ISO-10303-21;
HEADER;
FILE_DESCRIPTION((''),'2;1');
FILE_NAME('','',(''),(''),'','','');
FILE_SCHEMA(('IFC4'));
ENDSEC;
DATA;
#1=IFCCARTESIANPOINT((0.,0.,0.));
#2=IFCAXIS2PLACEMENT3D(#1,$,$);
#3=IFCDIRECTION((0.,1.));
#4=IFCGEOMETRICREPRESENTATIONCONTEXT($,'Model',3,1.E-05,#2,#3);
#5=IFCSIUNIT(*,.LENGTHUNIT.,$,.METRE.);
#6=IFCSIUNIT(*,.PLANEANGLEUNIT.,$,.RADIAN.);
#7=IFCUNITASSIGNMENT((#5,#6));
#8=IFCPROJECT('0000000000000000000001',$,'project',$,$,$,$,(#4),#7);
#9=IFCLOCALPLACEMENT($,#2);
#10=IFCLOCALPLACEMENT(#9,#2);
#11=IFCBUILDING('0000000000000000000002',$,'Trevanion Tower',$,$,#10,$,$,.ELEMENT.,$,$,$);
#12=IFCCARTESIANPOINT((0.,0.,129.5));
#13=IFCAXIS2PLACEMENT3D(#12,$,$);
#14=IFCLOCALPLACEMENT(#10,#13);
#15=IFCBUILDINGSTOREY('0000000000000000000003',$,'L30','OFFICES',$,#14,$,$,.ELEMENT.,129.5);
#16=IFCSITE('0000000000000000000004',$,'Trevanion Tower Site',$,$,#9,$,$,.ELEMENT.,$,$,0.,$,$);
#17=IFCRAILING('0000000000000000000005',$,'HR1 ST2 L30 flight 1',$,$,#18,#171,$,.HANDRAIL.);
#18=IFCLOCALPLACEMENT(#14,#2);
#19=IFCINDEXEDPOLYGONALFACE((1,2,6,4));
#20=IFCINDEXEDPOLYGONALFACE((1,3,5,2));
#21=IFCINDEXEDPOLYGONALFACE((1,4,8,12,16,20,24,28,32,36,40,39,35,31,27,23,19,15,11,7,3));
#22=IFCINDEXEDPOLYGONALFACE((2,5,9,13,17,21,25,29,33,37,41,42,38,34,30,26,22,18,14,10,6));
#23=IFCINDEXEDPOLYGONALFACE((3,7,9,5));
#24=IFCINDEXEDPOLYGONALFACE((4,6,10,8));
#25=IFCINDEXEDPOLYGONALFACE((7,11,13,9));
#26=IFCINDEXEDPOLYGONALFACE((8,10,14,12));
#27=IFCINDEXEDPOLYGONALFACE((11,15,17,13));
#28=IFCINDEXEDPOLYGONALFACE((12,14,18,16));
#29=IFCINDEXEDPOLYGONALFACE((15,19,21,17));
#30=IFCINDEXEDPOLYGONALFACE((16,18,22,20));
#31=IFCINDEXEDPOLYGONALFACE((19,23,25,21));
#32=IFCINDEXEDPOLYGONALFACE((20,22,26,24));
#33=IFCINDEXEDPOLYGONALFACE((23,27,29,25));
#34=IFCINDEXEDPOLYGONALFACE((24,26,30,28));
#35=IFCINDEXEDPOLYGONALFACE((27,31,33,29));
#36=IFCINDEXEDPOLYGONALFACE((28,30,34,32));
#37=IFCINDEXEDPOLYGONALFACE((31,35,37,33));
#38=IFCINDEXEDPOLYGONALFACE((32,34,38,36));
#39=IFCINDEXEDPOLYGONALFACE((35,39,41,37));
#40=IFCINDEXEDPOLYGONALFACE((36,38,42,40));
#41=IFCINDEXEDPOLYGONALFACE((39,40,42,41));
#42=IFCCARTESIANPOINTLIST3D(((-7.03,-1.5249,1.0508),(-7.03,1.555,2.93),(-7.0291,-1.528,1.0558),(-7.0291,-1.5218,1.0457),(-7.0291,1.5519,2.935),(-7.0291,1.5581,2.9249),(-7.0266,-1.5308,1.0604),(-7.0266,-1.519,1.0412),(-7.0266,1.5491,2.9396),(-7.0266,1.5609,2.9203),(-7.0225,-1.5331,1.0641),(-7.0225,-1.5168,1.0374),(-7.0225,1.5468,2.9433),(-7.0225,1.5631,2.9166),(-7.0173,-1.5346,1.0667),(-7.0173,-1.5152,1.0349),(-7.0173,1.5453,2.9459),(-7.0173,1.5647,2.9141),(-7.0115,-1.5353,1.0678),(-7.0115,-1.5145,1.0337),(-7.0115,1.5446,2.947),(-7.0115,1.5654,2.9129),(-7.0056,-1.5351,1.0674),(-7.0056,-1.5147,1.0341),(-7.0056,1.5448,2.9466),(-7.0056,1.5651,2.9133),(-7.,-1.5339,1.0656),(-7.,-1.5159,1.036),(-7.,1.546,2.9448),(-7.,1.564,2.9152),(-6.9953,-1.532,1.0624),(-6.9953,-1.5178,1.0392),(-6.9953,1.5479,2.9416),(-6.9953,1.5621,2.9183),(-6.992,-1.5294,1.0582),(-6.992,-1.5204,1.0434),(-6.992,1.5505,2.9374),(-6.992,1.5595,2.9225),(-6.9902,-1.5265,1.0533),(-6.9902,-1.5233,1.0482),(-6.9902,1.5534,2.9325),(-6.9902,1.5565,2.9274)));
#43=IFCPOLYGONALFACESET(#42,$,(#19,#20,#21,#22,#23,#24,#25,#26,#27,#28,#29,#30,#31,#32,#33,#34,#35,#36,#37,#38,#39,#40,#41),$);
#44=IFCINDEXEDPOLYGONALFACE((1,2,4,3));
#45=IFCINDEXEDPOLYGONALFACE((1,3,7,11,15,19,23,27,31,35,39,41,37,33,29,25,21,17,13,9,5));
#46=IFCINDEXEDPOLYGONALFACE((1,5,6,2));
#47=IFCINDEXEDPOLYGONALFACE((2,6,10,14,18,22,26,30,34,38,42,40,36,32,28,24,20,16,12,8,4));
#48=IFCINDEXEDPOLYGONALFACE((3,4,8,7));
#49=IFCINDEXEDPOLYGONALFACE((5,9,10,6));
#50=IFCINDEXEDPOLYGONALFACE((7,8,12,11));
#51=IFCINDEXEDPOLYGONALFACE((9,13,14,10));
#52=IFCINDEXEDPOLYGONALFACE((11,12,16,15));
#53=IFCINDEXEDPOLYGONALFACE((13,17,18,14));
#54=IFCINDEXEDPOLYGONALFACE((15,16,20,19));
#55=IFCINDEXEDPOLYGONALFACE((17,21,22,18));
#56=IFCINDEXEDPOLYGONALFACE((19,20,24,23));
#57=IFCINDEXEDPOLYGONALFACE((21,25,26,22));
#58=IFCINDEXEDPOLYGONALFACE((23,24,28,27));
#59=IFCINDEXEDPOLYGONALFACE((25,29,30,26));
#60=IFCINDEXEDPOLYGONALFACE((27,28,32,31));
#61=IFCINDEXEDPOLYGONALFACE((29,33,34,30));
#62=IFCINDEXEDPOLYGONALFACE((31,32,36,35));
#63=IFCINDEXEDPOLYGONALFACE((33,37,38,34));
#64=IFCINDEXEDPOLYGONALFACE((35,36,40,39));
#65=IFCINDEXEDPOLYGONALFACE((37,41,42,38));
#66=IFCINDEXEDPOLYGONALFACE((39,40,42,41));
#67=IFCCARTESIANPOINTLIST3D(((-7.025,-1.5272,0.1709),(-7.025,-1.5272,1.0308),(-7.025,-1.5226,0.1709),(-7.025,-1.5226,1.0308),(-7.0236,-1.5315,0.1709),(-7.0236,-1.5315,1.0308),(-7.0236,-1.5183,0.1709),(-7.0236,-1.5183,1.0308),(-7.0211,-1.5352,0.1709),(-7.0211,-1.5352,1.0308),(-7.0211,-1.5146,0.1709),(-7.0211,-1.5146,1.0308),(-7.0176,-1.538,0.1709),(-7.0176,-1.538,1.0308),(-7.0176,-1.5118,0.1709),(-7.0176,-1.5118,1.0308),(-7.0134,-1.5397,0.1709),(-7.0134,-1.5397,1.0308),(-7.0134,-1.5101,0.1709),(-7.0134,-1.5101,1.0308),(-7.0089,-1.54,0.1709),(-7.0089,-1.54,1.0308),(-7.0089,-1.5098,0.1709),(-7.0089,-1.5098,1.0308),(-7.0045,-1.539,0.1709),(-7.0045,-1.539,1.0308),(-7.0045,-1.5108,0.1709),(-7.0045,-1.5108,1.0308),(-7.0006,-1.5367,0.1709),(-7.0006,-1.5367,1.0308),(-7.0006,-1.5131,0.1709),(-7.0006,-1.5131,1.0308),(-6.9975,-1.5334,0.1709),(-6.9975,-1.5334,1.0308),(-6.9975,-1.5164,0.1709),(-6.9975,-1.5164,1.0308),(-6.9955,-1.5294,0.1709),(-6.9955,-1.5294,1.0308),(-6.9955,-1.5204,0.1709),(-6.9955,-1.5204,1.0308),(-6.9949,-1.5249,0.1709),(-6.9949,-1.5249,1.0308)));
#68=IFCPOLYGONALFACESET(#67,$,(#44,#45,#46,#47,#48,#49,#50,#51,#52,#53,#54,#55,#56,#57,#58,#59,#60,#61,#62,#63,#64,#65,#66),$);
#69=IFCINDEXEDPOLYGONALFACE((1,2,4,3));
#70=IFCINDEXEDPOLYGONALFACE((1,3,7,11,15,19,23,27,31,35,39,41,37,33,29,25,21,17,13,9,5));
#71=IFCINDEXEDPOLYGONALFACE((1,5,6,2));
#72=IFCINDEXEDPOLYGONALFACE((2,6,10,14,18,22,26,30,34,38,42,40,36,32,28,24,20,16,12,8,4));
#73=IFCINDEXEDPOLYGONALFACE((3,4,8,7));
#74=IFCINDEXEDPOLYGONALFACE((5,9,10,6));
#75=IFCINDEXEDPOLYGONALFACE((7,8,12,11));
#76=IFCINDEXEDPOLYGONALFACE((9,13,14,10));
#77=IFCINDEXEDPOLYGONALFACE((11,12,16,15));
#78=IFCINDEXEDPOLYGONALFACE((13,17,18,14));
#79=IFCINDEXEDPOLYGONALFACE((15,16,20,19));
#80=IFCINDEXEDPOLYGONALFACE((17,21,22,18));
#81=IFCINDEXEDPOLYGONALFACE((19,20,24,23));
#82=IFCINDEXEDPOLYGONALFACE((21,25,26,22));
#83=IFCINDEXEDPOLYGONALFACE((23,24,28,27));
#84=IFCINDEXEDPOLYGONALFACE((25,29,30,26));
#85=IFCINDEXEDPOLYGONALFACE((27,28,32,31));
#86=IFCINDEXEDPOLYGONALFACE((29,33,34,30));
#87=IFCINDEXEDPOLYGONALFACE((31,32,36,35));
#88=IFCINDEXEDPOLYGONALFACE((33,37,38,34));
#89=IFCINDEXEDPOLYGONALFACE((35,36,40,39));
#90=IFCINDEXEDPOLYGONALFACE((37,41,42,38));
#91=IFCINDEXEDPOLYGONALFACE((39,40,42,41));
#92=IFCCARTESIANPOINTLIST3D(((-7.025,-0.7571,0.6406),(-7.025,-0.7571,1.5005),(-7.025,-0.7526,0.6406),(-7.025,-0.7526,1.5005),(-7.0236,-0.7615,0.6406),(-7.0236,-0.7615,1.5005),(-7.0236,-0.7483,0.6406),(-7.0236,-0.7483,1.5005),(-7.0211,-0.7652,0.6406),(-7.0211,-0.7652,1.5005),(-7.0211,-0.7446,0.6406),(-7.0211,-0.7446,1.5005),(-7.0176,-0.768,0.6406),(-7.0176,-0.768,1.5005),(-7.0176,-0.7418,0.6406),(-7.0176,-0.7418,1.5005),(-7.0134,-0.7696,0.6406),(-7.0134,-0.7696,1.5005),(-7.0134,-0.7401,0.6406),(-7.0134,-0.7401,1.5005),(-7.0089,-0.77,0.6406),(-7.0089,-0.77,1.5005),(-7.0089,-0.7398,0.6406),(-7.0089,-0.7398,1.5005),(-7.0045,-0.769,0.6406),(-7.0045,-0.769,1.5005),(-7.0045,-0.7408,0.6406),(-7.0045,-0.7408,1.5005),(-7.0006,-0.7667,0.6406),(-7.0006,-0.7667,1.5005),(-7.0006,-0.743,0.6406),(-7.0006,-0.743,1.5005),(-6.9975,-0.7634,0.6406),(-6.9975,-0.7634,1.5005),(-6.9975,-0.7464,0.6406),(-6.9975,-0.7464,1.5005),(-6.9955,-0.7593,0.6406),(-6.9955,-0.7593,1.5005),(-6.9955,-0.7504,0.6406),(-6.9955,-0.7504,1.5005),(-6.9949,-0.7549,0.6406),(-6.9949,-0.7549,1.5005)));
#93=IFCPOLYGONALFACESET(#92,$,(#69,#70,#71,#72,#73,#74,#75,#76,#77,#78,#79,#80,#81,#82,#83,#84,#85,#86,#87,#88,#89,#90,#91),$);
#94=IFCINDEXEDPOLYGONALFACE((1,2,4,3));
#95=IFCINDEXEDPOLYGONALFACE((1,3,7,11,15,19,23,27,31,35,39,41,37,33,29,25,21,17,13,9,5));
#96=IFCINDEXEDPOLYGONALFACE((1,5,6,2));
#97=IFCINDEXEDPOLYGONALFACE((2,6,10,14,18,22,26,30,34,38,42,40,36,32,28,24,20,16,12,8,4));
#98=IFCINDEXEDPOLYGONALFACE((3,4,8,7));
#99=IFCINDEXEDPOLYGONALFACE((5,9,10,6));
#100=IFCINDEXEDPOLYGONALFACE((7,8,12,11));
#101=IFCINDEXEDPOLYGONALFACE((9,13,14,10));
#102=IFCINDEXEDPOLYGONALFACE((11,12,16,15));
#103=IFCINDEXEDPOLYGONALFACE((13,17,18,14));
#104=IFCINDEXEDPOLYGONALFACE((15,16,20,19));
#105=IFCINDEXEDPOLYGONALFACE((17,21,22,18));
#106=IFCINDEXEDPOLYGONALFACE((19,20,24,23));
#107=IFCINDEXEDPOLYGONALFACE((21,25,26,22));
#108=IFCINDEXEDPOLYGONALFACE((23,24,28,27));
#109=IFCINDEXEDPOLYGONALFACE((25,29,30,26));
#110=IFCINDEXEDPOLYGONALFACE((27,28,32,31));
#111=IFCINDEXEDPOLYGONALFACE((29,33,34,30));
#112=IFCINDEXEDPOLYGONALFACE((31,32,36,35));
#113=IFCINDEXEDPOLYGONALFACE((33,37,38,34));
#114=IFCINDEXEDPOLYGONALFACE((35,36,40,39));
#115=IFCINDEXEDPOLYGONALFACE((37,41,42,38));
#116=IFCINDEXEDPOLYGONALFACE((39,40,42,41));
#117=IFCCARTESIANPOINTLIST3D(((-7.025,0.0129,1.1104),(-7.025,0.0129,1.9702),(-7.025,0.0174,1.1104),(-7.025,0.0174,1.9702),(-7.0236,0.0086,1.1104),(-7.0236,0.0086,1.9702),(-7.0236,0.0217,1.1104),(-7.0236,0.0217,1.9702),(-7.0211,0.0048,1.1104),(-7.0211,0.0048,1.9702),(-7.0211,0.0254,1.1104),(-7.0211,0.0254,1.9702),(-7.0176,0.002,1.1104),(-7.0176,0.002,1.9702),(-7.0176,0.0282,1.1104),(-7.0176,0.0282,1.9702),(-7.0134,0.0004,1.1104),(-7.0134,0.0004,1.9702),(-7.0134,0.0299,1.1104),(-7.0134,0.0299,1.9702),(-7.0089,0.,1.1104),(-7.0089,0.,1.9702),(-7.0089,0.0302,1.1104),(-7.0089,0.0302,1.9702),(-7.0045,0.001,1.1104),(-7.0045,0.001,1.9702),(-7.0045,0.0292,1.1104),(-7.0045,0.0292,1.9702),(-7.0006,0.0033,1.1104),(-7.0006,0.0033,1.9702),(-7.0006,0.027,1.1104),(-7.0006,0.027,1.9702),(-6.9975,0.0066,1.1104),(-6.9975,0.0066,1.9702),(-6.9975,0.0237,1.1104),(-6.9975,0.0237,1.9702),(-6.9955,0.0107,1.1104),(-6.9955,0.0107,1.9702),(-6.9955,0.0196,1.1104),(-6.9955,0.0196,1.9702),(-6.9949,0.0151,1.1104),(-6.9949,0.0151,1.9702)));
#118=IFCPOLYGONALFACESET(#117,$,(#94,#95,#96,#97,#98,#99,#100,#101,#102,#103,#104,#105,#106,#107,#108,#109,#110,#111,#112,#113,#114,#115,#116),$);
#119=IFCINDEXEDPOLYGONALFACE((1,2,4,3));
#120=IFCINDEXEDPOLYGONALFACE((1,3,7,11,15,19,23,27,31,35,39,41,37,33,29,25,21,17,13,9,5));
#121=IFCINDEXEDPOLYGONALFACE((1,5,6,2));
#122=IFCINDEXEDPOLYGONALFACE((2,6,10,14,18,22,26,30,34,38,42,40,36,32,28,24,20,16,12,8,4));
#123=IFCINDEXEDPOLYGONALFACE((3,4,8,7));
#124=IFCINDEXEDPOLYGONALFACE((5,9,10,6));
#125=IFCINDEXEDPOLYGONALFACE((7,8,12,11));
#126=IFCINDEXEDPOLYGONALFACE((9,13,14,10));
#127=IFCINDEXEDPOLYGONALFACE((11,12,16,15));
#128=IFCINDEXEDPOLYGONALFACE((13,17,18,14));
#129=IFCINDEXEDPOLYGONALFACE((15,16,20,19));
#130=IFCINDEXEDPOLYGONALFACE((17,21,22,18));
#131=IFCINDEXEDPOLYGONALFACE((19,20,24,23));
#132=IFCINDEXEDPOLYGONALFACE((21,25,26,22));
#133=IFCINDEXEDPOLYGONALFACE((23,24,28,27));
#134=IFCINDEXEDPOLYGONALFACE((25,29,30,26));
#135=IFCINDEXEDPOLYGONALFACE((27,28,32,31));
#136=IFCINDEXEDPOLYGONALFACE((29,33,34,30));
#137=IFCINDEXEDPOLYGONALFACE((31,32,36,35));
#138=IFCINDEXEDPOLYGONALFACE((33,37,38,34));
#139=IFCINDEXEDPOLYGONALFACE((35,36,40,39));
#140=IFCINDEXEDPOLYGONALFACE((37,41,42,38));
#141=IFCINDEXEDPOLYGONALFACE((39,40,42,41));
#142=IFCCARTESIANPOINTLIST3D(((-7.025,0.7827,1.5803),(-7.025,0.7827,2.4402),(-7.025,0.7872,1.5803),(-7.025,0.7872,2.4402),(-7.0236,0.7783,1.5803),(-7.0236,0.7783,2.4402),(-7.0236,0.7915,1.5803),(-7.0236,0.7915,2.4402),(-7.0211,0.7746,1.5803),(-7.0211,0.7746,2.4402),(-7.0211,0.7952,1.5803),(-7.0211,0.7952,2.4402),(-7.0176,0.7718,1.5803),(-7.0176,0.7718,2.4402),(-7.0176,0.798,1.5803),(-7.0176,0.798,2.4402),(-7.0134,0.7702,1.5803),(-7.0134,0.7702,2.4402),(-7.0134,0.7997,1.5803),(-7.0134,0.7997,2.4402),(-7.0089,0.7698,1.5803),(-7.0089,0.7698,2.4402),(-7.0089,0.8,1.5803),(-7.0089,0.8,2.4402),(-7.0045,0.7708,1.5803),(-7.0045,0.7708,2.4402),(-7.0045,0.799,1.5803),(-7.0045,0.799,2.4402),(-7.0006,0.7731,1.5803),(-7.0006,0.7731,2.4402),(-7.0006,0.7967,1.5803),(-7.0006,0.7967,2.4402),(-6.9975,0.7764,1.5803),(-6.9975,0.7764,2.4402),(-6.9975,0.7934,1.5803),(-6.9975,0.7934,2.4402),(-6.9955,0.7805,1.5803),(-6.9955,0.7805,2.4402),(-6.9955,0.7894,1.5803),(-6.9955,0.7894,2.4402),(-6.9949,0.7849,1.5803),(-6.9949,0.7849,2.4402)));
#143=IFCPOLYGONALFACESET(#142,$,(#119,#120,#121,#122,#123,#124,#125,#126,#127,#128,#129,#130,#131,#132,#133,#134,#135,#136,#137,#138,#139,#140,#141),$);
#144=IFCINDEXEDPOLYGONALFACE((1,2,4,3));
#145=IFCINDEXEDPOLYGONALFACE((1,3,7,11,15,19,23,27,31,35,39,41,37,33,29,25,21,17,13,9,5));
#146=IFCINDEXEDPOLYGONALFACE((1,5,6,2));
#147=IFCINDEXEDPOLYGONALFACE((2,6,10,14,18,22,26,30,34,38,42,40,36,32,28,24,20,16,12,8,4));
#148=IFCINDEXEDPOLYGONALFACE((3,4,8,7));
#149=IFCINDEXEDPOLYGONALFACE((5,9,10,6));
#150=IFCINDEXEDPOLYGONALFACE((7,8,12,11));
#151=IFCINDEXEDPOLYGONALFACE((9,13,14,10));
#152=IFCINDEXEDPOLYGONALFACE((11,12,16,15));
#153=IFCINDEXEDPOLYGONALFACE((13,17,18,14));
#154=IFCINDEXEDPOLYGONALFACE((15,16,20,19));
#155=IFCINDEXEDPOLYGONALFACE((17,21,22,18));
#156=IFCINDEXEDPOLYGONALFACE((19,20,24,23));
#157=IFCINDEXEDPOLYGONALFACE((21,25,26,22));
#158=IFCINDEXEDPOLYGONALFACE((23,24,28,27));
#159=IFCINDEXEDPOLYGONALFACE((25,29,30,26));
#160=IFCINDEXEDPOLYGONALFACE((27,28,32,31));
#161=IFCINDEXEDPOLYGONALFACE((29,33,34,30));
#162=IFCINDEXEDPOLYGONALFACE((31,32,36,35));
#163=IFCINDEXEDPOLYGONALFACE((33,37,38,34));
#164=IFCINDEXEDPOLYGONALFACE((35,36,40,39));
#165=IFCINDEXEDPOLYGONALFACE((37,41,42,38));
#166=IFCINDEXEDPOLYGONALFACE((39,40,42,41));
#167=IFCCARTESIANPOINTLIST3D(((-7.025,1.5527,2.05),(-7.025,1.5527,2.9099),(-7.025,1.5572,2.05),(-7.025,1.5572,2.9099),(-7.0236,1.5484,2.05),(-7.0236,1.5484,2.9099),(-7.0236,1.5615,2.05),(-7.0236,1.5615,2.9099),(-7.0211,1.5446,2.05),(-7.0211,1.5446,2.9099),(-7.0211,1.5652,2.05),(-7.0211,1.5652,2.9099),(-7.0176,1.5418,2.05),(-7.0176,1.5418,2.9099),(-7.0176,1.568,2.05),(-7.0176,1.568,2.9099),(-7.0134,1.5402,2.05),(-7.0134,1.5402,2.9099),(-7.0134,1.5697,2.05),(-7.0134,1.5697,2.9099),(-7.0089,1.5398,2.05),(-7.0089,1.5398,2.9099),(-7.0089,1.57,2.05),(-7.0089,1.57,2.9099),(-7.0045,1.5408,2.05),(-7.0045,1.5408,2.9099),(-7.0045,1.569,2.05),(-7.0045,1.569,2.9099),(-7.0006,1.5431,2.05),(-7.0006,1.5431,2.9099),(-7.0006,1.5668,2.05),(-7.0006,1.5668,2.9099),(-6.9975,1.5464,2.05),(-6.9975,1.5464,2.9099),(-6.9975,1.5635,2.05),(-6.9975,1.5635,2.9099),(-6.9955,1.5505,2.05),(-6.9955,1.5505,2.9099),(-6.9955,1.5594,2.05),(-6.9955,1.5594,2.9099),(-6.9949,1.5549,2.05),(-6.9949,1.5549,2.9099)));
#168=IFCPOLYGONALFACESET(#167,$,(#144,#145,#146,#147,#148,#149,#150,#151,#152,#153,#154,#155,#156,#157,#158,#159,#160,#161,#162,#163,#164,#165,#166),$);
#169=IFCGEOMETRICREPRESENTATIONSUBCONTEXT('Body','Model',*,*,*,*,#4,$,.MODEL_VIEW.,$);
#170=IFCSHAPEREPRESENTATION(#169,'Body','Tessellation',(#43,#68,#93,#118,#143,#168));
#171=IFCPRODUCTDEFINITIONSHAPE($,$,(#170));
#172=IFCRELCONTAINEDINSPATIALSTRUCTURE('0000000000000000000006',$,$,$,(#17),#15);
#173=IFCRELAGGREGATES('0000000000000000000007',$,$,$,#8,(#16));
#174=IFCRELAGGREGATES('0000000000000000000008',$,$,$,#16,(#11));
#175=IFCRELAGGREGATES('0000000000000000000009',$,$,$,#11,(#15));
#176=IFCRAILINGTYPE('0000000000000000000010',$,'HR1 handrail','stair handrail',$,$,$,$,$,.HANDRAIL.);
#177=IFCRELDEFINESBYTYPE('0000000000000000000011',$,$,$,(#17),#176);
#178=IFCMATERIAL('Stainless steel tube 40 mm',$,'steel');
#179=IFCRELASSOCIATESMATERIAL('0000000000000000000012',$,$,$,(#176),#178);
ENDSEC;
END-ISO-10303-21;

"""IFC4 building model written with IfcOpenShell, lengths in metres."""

from ifc_helpers import new_model, si_unit, direction, frame, origin, origin_2d, place, context, subcontext, project, spatial, circle, extrude, material, type_object, element, save


model = new_model("IFC4")

# Units and contexts
model_context = context("Model", 3, precision=1e-05, world=origin(), true_north=direction((0.0, 1.0)))
body_context = subcontext(model_context, "Body", "Model", "MODEL_VIEW")
ifc_project = project(units=[si_unit("LENGTHUNIT", "METRE"), si_unit("PLANEANGLEUNIT", "RADIAN")], contexts=[model_context])

# Site, building, storey
site_placement = place(None, origin())
site = spatial("IfcSite", under=ifc_project, at=site_placement, Name="Trevanion Tower Site", CompositionType="ELEMENT", RefElevation=0.0)
building_placement = place(site_placement, origin())
building = spatial("IfcBuilding", under=site, at=building_placement, Name="Trevanion Tower", CompositionType="ELEMENT")
storey_placement = place(building_placement, frame((0.0, 0.0, 129.5)))
storey = spatial("IfcBuildingStorey", under=building, at=storey_placement, Name="L30", Description="OFFICES", CompositionType="ELEMENT", Elevation=129.5)

# Railing
ifc_material_1 = material(Name="Stainless steel tube 40 mm", Category="steel")
railing_type = type_object("IfcRailingType", Name="HR1 handrail", Description="stair handrail", PredefinedType="HANDRAIL", material=ifc_material_1)
for number, where, name in (
    (1, (-7.01, -1.5249, 0.1709), "HR1 ST2 L30 flight 1"),
):
    element("IfcRailing", number, at=place(storey_placement, frame(where)), inside=storey, type_object=railing_type, Name=name, PredefinedType="HANDRAIL", context=body_context, shape_type="SweptSolid", body=[
        extrude(circle(Radius=0.02, at=origin_2d()), frame((0.0, 0.0, 0.8799), z_axis=(0.0, 0.853648, 0.52085), x_axis=(-1.0, 0.0, 0.0)), (0.0, 0.0, 1.0), 3.6079),
        extrude(circle(Radius=0.0151, at=origin_2d()), origin(), (0.0, 0.0, 1.0), 0.8599),
        extrude(circle(Radius=0.0151, at=origin_2d()), frame((0.0, 0.77, 0.4697)), (0.0, 0.0, 1.0), 0.8599),
        extrude(circle(Radius=0.0151, at=origin_2d()), frame((0.0, 1.54, 0.9395)), (0.0, 0.0, 1.0), 0.8599),
        extrude(circle(Radius=0.0151, at=origin_2d()), frame((0.0, 2.3098, 1.4094)), (0.0, 0.0, 1.0), 0.8599),
        extrude(circle(Radius=0.0151, at=origin_2d()), frame((0.0, 3.0798, 1.8792)), (0.0, 0.0, 1.0), 0.8599),
    ])

save(model, "model.ifc")
